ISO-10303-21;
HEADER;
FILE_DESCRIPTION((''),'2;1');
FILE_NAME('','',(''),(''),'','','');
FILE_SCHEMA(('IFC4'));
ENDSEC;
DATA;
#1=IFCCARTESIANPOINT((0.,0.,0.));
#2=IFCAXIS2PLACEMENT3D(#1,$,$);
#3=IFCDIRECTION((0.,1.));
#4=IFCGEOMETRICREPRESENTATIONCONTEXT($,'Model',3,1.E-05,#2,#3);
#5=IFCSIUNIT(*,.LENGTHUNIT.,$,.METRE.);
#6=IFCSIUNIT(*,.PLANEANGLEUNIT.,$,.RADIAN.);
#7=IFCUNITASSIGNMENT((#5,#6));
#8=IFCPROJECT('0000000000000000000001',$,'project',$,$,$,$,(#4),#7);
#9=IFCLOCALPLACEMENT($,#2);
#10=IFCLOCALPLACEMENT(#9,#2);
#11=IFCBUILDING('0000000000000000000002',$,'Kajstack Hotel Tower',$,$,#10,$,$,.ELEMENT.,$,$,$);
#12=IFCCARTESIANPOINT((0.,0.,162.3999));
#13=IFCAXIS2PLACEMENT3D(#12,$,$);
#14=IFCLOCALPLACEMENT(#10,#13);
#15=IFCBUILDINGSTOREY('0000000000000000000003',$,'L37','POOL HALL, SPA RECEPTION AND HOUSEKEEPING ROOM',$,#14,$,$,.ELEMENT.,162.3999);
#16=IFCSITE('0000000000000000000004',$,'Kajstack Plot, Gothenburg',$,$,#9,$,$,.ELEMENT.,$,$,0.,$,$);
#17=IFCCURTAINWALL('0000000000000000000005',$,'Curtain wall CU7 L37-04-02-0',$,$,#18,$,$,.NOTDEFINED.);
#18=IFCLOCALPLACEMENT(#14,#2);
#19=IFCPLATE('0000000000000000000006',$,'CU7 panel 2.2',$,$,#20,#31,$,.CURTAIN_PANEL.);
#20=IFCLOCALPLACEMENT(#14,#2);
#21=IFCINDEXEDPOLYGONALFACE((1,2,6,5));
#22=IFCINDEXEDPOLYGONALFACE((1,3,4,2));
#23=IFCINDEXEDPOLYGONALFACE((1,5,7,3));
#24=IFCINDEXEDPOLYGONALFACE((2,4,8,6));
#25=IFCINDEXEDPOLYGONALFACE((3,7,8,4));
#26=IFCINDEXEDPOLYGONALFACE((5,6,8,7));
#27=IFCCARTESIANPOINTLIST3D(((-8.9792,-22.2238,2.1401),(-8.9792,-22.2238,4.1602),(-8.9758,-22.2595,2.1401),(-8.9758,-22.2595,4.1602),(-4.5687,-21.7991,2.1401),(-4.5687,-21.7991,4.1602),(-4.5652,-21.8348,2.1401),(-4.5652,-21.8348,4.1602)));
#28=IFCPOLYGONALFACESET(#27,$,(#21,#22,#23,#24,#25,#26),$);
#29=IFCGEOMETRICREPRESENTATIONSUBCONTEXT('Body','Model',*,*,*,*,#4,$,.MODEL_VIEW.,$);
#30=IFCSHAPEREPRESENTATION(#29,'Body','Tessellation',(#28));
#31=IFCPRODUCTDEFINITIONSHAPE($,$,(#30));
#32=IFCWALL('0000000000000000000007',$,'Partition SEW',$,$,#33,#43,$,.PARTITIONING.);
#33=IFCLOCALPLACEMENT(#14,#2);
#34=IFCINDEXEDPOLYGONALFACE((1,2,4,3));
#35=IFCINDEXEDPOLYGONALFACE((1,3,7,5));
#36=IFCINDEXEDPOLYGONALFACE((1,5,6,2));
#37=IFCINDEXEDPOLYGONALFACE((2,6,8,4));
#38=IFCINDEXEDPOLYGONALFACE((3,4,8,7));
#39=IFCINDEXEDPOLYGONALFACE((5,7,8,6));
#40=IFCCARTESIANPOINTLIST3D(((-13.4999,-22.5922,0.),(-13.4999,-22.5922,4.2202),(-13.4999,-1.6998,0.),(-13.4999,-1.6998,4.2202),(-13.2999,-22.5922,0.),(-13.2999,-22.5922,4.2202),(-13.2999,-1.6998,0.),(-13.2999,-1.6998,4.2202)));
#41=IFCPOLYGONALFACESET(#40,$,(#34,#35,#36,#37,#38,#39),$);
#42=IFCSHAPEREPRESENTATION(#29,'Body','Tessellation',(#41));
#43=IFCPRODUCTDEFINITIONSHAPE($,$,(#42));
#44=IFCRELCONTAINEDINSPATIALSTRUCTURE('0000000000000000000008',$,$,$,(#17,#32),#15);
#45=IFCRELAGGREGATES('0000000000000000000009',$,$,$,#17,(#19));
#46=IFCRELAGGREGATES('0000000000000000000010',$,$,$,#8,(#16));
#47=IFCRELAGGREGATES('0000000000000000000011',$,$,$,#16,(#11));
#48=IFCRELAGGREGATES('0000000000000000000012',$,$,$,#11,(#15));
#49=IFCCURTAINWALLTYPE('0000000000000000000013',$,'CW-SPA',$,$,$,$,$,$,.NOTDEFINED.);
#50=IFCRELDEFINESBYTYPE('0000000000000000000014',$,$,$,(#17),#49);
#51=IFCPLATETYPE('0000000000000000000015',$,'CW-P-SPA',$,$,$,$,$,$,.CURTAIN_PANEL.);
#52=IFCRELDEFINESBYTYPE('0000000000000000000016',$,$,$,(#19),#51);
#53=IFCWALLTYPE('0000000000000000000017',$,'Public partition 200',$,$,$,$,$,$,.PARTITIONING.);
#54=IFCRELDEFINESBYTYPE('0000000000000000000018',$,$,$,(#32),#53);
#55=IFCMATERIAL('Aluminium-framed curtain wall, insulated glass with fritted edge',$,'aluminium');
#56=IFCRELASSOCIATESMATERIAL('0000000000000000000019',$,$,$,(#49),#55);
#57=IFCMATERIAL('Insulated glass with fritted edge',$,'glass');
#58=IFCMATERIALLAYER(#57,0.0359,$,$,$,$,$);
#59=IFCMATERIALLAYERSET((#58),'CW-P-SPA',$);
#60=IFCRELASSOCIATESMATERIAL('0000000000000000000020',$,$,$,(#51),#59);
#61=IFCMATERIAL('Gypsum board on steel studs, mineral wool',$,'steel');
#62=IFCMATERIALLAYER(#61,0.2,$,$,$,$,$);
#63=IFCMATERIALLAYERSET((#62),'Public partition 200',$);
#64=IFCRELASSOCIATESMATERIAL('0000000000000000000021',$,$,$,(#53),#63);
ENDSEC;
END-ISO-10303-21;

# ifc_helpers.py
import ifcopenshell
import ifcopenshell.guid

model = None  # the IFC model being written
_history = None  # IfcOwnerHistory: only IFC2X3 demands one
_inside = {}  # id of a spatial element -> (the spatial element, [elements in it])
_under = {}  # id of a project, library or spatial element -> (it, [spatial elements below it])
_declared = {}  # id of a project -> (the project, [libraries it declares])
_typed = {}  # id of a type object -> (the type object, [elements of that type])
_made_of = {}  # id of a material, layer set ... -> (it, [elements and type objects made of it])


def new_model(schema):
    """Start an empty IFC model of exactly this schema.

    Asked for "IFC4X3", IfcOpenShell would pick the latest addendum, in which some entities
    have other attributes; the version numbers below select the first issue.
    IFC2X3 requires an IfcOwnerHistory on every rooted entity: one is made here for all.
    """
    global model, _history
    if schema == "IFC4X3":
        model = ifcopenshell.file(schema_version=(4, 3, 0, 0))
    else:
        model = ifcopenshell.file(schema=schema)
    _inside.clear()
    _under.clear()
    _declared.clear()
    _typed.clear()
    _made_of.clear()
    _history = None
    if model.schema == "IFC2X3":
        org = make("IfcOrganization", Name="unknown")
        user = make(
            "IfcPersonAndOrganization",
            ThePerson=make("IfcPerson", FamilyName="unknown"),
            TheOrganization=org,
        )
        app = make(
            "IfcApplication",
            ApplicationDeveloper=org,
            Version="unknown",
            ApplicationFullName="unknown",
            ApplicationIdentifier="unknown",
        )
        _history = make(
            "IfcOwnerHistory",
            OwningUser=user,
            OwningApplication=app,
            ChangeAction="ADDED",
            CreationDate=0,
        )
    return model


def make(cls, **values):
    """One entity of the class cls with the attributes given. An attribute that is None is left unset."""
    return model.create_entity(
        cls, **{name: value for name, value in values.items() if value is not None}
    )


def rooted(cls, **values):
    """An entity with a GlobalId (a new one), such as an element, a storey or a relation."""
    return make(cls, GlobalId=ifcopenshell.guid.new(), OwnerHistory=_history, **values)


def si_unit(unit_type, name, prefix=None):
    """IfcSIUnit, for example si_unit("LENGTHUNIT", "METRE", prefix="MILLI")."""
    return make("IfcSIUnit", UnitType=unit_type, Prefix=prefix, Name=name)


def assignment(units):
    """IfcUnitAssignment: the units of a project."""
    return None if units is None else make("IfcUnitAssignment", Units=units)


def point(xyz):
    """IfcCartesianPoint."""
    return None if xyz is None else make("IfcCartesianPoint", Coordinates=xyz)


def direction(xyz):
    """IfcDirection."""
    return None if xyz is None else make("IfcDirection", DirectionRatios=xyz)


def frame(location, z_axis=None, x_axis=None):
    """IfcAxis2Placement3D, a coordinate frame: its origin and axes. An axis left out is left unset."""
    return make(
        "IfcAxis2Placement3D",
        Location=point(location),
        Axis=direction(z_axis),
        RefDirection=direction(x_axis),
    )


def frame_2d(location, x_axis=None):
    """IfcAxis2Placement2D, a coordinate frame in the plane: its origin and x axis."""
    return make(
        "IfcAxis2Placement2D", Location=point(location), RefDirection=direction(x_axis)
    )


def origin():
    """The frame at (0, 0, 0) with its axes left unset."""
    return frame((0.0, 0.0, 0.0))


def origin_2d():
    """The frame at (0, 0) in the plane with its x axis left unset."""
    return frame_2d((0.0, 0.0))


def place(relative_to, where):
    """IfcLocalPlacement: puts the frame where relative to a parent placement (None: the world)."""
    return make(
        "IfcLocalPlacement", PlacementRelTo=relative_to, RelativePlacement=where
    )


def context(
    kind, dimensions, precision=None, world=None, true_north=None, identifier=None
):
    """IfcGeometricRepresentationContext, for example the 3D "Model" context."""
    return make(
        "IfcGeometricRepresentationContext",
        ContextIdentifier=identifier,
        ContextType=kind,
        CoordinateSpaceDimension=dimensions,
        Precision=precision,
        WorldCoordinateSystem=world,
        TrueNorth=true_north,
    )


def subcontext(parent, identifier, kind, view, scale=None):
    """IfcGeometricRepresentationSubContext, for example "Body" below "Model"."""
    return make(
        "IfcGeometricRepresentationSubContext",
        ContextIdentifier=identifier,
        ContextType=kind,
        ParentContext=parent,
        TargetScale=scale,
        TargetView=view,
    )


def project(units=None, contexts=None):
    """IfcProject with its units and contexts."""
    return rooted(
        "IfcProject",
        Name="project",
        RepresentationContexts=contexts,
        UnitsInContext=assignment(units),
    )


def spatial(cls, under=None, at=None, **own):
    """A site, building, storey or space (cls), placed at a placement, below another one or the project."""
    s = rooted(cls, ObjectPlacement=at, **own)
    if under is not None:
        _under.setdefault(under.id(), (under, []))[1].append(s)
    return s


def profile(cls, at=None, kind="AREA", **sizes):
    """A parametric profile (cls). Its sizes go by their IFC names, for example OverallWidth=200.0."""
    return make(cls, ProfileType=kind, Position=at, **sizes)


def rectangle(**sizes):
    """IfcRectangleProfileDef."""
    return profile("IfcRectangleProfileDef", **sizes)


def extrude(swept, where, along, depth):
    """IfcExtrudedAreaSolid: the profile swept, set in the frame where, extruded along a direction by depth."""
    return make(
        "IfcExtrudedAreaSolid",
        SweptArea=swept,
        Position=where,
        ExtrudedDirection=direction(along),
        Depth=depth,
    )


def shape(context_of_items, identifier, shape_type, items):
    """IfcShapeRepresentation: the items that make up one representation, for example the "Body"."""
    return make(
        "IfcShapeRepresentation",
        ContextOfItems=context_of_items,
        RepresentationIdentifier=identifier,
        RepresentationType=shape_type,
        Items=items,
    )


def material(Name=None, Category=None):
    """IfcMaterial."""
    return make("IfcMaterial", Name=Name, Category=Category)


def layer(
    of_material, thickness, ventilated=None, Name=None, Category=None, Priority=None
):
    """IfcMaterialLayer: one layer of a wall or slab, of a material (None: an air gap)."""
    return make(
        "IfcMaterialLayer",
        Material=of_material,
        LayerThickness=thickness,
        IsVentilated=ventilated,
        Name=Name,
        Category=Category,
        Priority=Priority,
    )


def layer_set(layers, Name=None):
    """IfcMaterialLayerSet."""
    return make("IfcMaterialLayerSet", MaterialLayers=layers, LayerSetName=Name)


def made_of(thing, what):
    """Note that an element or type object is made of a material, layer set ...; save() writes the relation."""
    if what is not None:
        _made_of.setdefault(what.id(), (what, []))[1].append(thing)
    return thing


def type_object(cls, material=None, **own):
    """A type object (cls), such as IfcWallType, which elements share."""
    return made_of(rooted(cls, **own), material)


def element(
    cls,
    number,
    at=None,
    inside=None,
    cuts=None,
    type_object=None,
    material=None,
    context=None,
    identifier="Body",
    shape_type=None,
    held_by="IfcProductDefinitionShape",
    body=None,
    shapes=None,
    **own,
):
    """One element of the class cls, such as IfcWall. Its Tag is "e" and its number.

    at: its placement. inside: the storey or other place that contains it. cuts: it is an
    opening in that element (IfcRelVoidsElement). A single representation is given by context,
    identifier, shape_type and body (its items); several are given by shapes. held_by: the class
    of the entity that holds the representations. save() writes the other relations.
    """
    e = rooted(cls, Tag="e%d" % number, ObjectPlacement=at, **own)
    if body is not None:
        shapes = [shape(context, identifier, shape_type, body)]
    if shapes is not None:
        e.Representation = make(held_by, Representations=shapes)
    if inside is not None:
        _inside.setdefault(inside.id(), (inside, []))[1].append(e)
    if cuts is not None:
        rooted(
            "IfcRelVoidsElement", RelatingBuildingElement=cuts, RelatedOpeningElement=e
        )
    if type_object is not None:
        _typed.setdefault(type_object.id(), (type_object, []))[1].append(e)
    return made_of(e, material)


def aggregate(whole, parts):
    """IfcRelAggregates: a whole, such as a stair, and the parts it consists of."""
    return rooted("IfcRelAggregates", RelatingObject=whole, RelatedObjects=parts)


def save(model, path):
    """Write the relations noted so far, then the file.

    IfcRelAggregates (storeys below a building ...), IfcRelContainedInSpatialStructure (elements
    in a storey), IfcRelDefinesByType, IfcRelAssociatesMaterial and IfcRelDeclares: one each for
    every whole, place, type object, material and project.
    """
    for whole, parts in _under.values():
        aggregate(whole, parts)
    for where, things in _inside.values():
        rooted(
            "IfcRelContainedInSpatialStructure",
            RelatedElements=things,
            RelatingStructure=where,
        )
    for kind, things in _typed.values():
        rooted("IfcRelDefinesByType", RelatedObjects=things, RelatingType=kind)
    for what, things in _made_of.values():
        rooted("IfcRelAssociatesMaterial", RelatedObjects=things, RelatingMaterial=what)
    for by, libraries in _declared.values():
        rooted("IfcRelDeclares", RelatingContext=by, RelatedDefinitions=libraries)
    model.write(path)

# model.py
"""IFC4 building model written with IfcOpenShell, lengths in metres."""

from ifc_helpers import new_model, si_unit, direction, frame, frame_2d, origin, origin_2d, place, context, subcontext, project, spatial, rectangle, extrude, material, layer, layer_set, type_object, element, aggregate, save


model = new_model("IFC4")

# Units and contexts
model_context = context("Model", 3, precision=1e-05, world=origin(), true_north=direction((0.0, 1.0)))
body_context = subcontext(model_context, "Body", "Model", "MODEL_VIEW")
ifc_project = project(units=[si_unit("LENGTHUNIT", "METRE"), si_unit("PLANEANGLEUNIT", "RADIAN")], contexts=[model_context])

# Site, building, storey
site_placement = place(None, origin())
site = spatial("IfcSite", under=ifc_project, at=site_placement, Name="Kajstack Plot, Gothenburg", CompositionType="ELEMENT", RefElevation=0.0)
building_placement = place(site_placement, origin())
building = spatial("IfcBuilding", under=site, at=building_placement, Name="Kajstack Hotel Tower", CompositionType="ELEMENT")
storey_placement = place(building_placement, frame((0.0, 0.0, 162.3999)))
storey = spatial("IfcBuildingStorey", under=building, at=storey_placement, Name="L37", Description="POOL HALL, SPA RECEPTION AND HOUSEKEEPING ROOM", CompositionType="ELEMENT", Elevation=162.3999)

# Curtain wall
ifc_material_1 = material(Name="Aluminium-framed curtain wall, insulated glass with fritted edge", Category="aluminium")
curtain_wall_type = type_object("IfcCurtainWallType", Name="CW-SPA", PredefinedType="NOTDEFINED", material=ifc_material_1)
curtain_wall_1_placement = place(storey_placement, origin())
curtain_wall_1 = element("IfcCurtainWall", 1, at=curtain_wall_1_placement, inside=storey, type_object=curtain_wall_type, Name="Curtain wall CU7 L37-04-02-0", PredefinedType="NOTDEFINED")

# Plate
ifc_material_2 = material(Name="Insulated glass with fritted edge", Category="glass")
ifc_layer_1 = layer(ifc_material_2, 0.0359)
ifc_layer_set_1 = layer_set([ifc_layer_1], Name="CW-P-SPA")
plate_type = type_object("IfcPlateType", Name="CW-P-SPA", PredefinedType="CURTAIN_PANEL", material=ifc_layer_set_1)
plate_1_placement = place(storey_placement, frame((-6.7722, -22.0293, 2.1401), z_axis=(0.0, 0.0, 1.0), x_axis=(0.995396, 0.095845, 0.0)))
plate_1 = element("IfcPlate", 2, at=plate_1_placement, type_object=plate_type, Name="CU7 panel 2.2", PredefinedType="CURTAIN_PANEL", context=body_context, shape_type="SweptSolid", body=[
    extrude(rectangle(XDim=4.4309, YDim=0.0359, at=origin_2d()), origin(), (0.0, 0.0, 1.0), 2.02),
])
aggregate(curtain_wall_1, [plate_1])

# Wall
ifc_material_3 = material(Name="Gypsum board on steel studs, mineral wool", Category="steel")
ifc_layer_2 = layer(ifc_material_3, 0.2)
ifc_layer_set_2 = layer_set([ifc_layer_2], Name="Public partition 200")
wall_type = type_object("IfcWallType", Name="Public partition 200", PredefinedType="PARTITIONING", material=ifc_layer_set_2)
wall_placement = place(storey_placement, frame((-13.3999, -22.5923, 0.0), z_axis=(0.0, 0.0, 1.0), x_axis=(0.0, 1.0, 0.0)))
element("IfcWall", 3, at=wall_placement, inside=storey, type_object=wall_type, Name="Partition SEW", PredefinedType="PARTITIONING", context=body_context, shape_type="SweptSolid", body=[
    extrude(rectangle(XDim=20.8923, YDim=0.2, at=frame_2d((10.4463, 0.0))), origin(), (0.0, 0.0, 1.0), 4.2202),
])

save(model, "model.ifc")
